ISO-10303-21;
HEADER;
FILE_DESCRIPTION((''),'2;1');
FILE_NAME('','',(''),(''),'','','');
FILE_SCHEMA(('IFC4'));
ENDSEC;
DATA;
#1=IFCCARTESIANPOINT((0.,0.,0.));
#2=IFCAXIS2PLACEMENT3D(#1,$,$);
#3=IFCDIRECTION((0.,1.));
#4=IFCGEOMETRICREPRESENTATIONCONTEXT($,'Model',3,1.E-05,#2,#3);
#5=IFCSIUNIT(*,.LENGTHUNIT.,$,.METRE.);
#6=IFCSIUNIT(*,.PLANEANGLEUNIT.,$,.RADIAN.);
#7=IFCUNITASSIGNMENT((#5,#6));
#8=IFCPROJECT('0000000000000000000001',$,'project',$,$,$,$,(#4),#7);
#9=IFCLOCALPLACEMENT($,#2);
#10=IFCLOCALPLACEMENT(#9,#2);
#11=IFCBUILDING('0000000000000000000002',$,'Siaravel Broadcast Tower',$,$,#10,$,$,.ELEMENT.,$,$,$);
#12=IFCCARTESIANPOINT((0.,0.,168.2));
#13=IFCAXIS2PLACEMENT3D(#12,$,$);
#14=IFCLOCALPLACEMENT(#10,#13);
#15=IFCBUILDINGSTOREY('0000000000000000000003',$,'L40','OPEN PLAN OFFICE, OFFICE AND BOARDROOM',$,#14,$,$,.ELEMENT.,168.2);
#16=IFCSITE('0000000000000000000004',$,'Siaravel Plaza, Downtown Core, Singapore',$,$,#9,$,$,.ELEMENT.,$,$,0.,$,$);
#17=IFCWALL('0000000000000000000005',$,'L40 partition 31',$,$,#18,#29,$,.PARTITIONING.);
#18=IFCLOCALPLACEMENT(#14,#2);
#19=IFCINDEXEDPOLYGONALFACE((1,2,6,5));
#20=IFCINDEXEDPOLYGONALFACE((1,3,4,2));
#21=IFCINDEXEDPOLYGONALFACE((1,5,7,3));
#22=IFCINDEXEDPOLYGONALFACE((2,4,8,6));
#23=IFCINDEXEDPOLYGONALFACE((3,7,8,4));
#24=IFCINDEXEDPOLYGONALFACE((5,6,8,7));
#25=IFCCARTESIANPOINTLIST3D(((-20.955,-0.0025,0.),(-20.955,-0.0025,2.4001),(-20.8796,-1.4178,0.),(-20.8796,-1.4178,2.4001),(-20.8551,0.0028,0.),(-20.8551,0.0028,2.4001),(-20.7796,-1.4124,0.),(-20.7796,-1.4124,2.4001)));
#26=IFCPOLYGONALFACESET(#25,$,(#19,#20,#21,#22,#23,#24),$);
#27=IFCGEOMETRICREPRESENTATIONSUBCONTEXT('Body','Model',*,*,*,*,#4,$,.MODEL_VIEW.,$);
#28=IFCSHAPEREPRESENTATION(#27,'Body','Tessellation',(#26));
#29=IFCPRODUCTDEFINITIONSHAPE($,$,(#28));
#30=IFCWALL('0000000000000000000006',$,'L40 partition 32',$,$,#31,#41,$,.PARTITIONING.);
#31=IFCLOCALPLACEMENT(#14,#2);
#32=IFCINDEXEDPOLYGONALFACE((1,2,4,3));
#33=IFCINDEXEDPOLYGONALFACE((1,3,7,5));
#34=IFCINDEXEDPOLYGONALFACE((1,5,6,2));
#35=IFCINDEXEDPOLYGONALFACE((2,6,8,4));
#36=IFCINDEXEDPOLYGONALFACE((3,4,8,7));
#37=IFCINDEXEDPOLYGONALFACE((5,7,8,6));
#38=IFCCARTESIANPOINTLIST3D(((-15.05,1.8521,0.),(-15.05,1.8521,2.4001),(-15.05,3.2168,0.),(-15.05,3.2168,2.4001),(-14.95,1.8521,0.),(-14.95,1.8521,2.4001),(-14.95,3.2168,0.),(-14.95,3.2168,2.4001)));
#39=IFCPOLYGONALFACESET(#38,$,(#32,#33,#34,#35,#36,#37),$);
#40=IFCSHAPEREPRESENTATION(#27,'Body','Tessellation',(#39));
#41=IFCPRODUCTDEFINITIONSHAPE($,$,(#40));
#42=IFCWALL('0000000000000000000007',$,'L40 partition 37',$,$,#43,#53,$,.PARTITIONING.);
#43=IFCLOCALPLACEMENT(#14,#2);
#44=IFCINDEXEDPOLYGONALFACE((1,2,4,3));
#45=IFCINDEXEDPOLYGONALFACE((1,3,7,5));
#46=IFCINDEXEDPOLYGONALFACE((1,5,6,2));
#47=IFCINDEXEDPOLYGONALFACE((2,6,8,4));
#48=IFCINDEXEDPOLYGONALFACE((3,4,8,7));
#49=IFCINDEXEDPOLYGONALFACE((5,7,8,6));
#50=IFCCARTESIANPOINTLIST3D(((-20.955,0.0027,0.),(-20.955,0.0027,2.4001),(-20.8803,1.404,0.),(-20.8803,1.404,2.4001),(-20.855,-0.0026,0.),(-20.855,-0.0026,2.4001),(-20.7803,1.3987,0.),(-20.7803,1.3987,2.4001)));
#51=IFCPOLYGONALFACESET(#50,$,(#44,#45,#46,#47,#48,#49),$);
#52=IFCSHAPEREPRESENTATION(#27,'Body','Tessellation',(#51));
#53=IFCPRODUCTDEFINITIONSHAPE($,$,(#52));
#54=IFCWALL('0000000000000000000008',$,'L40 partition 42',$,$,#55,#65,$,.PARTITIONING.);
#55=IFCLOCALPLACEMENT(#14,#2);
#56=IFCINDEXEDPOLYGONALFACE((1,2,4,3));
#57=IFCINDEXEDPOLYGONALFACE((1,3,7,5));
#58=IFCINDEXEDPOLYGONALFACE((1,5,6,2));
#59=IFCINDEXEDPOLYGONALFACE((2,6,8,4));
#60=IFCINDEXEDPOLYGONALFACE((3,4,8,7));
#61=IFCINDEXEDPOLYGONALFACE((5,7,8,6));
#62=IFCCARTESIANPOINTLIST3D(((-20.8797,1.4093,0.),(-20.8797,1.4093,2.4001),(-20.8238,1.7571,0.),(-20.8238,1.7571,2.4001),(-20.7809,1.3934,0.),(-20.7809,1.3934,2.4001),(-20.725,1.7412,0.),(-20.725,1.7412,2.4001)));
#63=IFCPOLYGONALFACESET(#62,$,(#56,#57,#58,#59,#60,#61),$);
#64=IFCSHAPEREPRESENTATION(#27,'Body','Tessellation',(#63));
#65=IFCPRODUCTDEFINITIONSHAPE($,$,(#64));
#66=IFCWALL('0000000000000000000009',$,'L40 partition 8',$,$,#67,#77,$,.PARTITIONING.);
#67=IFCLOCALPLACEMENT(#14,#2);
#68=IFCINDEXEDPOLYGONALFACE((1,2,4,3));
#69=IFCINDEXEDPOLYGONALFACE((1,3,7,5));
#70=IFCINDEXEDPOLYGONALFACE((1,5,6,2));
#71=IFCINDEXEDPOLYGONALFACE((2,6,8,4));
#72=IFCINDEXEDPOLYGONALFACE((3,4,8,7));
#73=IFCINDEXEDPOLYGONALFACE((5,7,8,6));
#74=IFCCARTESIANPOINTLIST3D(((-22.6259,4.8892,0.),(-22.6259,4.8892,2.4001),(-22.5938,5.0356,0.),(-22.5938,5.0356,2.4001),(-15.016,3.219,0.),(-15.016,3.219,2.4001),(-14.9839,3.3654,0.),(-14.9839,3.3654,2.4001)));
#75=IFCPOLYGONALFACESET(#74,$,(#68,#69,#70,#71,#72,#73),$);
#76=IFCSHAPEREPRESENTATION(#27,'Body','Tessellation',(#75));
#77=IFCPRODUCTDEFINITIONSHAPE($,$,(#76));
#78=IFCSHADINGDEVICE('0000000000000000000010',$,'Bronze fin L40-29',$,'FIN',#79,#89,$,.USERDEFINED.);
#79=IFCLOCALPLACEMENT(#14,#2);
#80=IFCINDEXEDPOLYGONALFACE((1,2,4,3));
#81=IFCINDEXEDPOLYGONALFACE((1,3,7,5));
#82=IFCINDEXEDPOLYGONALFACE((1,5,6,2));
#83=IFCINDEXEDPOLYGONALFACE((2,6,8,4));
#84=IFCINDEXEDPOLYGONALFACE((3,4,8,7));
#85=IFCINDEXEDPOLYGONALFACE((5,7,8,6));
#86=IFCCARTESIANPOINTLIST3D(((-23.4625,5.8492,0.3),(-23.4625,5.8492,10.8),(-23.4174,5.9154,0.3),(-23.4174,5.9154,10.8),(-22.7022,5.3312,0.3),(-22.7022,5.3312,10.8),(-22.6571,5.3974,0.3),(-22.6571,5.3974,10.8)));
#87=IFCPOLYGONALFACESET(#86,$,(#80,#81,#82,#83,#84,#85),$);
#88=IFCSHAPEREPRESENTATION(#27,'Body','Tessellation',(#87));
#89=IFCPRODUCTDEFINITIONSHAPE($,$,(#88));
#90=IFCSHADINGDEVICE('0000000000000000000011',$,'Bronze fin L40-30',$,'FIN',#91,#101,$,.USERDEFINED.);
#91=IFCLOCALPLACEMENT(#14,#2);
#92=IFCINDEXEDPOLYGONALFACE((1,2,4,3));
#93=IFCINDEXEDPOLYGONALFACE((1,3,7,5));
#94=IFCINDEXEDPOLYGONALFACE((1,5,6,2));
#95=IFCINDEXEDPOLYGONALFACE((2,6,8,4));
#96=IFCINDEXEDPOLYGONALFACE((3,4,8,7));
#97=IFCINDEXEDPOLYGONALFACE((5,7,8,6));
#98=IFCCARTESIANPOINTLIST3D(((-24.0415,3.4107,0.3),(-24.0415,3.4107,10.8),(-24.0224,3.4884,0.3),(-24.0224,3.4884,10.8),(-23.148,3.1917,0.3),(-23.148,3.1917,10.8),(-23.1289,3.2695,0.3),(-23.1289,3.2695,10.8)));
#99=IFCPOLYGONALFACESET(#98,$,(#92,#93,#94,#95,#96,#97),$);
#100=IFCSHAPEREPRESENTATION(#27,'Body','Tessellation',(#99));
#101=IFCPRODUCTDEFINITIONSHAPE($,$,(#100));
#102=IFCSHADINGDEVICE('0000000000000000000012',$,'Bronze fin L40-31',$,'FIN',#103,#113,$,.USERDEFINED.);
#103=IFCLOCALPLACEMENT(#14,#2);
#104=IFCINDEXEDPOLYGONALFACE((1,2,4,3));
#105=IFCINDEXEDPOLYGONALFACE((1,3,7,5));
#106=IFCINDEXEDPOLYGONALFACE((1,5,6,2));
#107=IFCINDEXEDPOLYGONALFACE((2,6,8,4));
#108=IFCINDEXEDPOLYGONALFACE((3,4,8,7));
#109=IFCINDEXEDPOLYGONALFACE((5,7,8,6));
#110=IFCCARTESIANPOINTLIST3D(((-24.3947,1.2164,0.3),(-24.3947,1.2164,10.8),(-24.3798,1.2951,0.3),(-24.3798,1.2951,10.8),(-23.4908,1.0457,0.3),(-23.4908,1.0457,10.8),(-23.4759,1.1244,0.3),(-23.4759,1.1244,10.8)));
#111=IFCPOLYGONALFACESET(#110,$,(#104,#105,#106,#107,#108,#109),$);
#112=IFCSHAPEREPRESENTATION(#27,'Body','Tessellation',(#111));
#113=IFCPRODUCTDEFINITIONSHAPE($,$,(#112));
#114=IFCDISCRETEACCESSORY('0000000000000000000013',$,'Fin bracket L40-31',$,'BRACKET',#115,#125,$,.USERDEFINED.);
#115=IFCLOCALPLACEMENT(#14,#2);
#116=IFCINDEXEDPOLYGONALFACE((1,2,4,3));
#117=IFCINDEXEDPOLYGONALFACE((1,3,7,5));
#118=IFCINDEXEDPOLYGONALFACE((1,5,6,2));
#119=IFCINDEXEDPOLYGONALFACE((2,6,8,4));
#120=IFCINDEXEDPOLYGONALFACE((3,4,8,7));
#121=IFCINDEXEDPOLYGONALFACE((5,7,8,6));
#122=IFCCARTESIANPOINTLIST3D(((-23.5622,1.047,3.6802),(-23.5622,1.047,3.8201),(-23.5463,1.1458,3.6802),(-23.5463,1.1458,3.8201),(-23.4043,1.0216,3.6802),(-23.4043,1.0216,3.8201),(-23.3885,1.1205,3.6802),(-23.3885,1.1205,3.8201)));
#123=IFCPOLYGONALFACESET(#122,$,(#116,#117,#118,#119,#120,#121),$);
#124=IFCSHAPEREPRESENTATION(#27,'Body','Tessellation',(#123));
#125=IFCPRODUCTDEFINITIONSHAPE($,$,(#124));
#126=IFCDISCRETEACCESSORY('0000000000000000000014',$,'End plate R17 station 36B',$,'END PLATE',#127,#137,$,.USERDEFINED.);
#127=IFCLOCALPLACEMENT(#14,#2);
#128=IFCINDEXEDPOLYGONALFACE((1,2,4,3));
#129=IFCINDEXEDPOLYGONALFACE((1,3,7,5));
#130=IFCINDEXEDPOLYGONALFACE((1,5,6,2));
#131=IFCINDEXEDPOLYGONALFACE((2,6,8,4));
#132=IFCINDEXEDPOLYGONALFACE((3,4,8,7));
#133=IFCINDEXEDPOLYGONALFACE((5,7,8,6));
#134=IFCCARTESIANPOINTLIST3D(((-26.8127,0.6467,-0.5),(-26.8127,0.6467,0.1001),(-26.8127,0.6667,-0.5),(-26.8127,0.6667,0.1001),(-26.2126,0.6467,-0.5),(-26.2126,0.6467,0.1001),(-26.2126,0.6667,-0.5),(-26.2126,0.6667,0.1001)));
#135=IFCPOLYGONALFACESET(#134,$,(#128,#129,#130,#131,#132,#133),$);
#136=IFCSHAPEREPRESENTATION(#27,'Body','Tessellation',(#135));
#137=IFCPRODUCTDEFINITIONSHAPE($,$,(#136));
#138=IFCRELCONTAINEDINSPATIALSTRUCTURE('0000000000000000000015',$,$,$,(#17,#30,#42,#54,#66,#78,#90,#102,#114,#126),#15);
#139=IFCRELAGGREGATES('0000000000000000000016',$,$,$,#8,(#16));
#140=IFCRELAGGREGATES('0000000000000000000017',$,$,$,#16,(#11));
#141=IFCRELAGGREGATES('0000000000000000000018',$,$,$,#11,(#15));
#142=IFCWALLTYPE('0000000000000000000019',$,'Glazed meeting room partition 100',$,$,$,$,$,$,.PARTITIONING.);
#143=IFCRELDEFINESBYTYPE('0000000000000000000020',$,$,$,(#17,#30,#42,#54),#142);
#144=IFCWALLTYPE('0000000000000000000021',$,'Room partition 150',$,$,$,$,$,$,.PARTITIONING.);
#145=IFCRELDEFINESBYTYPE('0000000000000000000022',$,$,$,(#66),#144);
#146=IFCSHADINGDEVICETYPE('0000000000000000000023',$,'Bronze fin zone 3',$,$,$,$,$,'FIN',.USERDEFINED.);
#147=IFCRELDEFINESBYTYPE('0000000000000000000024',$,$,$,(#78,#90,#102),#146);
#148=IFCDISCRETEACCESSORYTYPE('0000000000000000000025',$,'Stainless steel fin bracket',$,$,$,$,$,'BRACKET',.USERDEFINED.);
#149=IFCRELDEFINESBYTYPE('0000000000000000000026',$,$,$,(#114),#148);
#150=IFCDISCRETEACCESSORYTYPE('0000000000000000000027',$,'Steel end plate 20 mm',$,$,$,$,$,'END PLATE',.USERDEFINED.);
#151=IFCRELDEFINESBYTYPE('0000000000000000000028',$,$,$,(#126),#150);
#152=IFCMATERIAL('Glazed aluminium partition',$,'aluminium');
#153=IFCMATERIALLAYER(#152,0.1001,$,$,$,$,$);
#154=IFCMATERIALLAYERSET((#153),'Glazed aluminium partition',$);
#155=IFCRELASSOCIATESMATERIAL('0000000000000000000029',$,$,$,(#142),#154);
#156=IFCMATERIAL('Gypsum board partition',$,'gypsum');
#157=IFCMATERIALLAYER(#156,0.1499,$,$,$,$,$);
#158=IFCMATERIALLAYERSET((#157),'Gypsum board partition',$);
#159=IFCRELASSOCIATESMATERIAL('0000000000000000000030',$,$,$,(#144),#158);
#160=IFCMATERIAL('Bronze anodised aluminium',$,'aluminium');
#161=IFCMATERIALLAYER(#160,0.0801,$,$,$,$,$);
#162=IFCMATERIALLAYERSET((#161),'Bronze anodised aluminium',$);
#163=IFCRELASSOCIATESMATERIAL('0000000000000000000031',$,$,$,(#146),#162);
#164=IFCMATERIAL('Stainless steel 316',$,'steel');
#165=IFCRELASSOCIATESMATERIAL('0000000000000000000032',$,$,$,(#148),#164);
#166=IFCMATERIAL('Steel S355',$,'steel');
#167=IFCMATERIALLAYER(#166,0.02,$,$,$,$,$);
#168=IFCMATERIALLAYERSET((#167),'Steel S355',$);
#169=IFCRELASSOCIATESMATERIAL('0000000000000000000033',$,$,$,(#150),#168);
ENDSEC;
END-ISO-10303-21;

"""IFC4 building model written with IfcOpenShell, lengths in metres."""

from ifc_helpers import new_model, si_unit, direction, frame, frame_2d, origin, origin_2d, place, context, subcontext, project, spatial, rectangle, extrude, material, layer, layer_set, type_object, element, save


model = new_model("IFC4")

# Units and contexts
model_context = context("Model", 3, precision=1e-05, world=origin(), true_north=direction((0.0, 1.0)))
body_context = subcontext(model_context, "Body", "Model", "MODEL_VIEW")
ifc_project = project(units=[si_unit("LENGTHUNIT", "METRE"), si_unit("PLANEANGLEUNIT", "RADIAN")], contexts=[model_context])

# Site, building, storey
site_placement = place(None, origin())
site = spatial("IfcSite", under=ifc_project, at=site_placement, Name="Siaravel Plaza, Downtown Core, Singapore", CompositionType="ELEMENT", RefElevation=0.0)
building_placement = place(site_placement, origin())
building = spatial("IfcBuilding", under=site, at=building_placement, Name="Siaravel Broadcast Tower", CompositionType="ELEMENT")
storey_placement = place(building_placement, frame((0.0, 0.0, 168.2)))
storey = spatial("IfcBuildingStorey", under=building, at=storey_placement, Name="L40", Description="OPEN PLAN OFFICE, OFFICE AND BOARDROOM", CompositionType="ELEMENT", Elevation=168.2)

# Shared definitions
ifc_material_1 = material(Name="Steel S355", Category="steel")

# Shared definitions
ifc_material_2 = material(Name="Glazed aluminium partition", Category="aluminium")
ifc_layer_1 = layer(ifc_material_2, 0.1001)
ifc_layer_set_1 = layer_set([ifc_layer_1], Name="Glazed aluminium partition")
wall_type_1 = type_object("IfcWallType", Name="Glazed meeting room partition 100", PredefinedType="PARTITIONING", material=ifc_layer_set_1)

# Walls
wall_1_placement = place(storey_placement, frame((-20.905, 0.0, 0.0), z_axis=(0.0, 0.0, 1.0), x_axis=(0.053228, -0.998582, 0.0)))
element("IfcWall", 1, at=wall_1_placement, inside=storey, type_object=wall_type_1, Name="L40 partition 31", PredefinedType="PARTITIONING", context=body_context, shape_type="SweptSolid", body=[
    extrude(rectangle(XDim=1.4172, YDim=0.1001, at=frame_2d((0.7085, 0.0))), origin(), (0.0, 0.0, 1.0), 2.4001),
])
wall_2_placement = place(storey_placement, frame((-15.0, 3.2168, 0.0), z_axis=(0.0, 0.0, 1.0), x_axis=(0.0, -1.0, 0.0)))
element("IfcWall", 2, at=wall_2_placement, inside=storey, type_object=wall_type_1, Name="L40 partition 32", PredefinedType="PARTITIONING", context=body_context, shape_type="SweptSolid", body=[
    extrude(rectangle(XDim=1.3647, YDim=0.1001, at=frame_2d((0.6824, 0.0))), origin(), (0.0, 0.0, 1.0), 2.4001),
])
wall_3_placement = place(storey_placement, frame((-20.8303, 1.4014, 0.0), z_axis=(0.0, 0.0, 1.0), x_axis=(-0.053235, -0.998582, 0.0)))
element("IfcWall", 3, at=wall_3_placement, inside=storey, type_object=wall_type_1, Name="L40 partition 37", PredefinedType="PARTITIONING", context=body_context, shape_type="SweptSolid", body=[
    extrude(rectangle(XDim=1.4033, YDim=0.1001, at=frame_2d((0.7017, 0.0))), origin(), (0.0, 0.0, 1.0), 2.4001),
])
wall_4_placement = place(storey_placement, frame((-20.7744, 1.7493, 0.0), z_axis=(0.0, 0.0, 1.0), x_axis=(-0.158666, -0.987332, 0.0)))
element("IfcWall", 4, at=wall_4_placement, inside=storey, type_object=wall_type_1, Name="L40 partition 42", PredefinedType="PARTITIONING", context=body_context, shape_type="SweptSolid", body=[
    extrude(rectangle(XDim=0.3523, YDim=0.1001, at=frame_2d((0.1763, 0.0))), origin(), (0.0, 0.0, 1.0), 2.4001),
])
ifc_material_3 = material(Name="Gypsum board partition", Category="gypsum")
ifc_layer_2 = layer(ifc_material_3, 0.1499)
ifc_layer_set_2 = layer_set([ifc_layer_2], Name="Gypsum board partition")
wall_type_2 = type_object("IfcWallType", Name="Room partition 150", PredefinedType="PARTITIONING", material=ifc_layer_set_2)
wall_5_placement = place(storey_placement, frame((-22.6099, 4.9624, 0.0), z_axis=(0.0, 0.0, 1.0), x_axis=(0.976752, -0.214372, 0.0)))
element("IfcWall", 5, at=wall_5_placement, inside=storey, type_object=wall_type_2, Name="L40 partition 8", PredefinedType="PARTITIONING", context=body_context, shape_type="SweptSolid", body=[
    extrude(rectangle(XDim=7.791, YDim=0.1499, at=frame_2d((3.8955, 0.0))), origin(), (0.0, 0.0, 1.0), 2.4001),
])

# Shading devices
ifc_material_4 = material(Name="Bronze anodised aluminium", Category="aluminium")
ifc_layer_3 = layer(ifc_material_4, 0.0801)
ifc_layer_set_3 = layer_set([ifc_layer_3], Name="Bronze anodised aluminium")
shading_device_type = type_object("IfcShadingDeviceType", Name="Bronze fin zone 3", ElementType="FIN", PredefinedType="USERDEFINED", material=ifc_layer_set_3)
for number, where, z_axis, x_axis, name in (
    (6, (-23.0598, 5.6233, 0.3), (0.0, 0.0, 1.0), (-0.826438, 0.563027, 0.0), "Bronze fin L40-29"),
    (7, (-23.5852, 3.3401, 0.3), (0.0, 0.0, 1.0), (-0.971274, 0.237962, 0.0), "Bronze fin L40-30"),
    (8, (-23.9353, 1.1704, 0.3), (0.0, 0.0, 1.0), (-0.982637, 0.185536, 0.0), "Bronze fin L40-31"),
):
    element("IfcShadingDevice", number, at=place(storey_placement, frame(where, z_axis=z_axis, x_axis=x_axis)), inside=storey, type_object=shading_device_type, Name=name, ObjectType="FIN", PredefinedType="USERDEFINED", context=body_context, shape_type="SweptSolid", body=[
        extrude(rectangle(XDim=0.9199, YDim=0.0801, at=origin_2d()), origin(), (0.0, 0.0, 1.0), 10.5),
    ])

# Discrete accessories
ifc_material_5 = material(Name="Stainless steel 316", Category="steel")
discrete_accessory_type_1 = type_object("IfcDiscreteAccessoryType", Name="Stainless steel fin bracket", ElementType="BRACKET", PredefinedType="USERDEFINED", material=ifc_material_5)
discrete_accessory_1_placement = place(storey_placement, frame((-23.4753, 1.0837, 3.6802), z_axis=(0.0, 0.0, 1.0), x_axis=(-0.987329, 0.158685, 0.0)))
element("IfcDiscreteAccessory", 9, at=discrete_accessory_1_placement, inside=storey, type_object=discrete_accessory_type_1, Name="Fin bracket L40-31", ObjectType="BRACKET", PredefinedType="USERDEFINED", context=body_context, shape_type="SweptSolid", body=[
    extrude(rectangle(XDim=0.1599, YDim=0.1001, at=origin_2d()), origin(), (0.0, 0.0, 1.0), 0.1399),
])
ifc_layer_4 = layer(ifc_material_1, 0.02)
ifc_layer_set_4 = layer_set([ifc_layer_4], Name="Steel S355")
discrete_accessory_type_2 = type_object("IfcDiscreteAccessoryType", Name="Steel end plate 20 mm", ElementType="END PLATE", PredefinedType="USERDEFINED", material=ifc_layer_set_4)
discrete_accessory_2_placement = place(storey_placement, frame((-26.5127, 0.6567, -0.5), z_axis=(0.0, 0.0, 1.0), x_axis=(0.0, -1.0, 0.0)))
element("IfcDiscreteAccessory", 10, at=discrete_accessory_2_placement, inside=storey, type_object=discrete_accessory_type_2, Name="End plate R17 station 36B", ObjectType="END PLATE", PredefinedType="USERDEFINED", context=body_context, shape_type="SweptSolid", body=[
    extrude(rectangle(XDim=0.02, YDim=0.6001, at=origin_2d()), origin(), (0.0, 0.0, 1.0), 0.6001),
])

save(model, "model.ifc")
